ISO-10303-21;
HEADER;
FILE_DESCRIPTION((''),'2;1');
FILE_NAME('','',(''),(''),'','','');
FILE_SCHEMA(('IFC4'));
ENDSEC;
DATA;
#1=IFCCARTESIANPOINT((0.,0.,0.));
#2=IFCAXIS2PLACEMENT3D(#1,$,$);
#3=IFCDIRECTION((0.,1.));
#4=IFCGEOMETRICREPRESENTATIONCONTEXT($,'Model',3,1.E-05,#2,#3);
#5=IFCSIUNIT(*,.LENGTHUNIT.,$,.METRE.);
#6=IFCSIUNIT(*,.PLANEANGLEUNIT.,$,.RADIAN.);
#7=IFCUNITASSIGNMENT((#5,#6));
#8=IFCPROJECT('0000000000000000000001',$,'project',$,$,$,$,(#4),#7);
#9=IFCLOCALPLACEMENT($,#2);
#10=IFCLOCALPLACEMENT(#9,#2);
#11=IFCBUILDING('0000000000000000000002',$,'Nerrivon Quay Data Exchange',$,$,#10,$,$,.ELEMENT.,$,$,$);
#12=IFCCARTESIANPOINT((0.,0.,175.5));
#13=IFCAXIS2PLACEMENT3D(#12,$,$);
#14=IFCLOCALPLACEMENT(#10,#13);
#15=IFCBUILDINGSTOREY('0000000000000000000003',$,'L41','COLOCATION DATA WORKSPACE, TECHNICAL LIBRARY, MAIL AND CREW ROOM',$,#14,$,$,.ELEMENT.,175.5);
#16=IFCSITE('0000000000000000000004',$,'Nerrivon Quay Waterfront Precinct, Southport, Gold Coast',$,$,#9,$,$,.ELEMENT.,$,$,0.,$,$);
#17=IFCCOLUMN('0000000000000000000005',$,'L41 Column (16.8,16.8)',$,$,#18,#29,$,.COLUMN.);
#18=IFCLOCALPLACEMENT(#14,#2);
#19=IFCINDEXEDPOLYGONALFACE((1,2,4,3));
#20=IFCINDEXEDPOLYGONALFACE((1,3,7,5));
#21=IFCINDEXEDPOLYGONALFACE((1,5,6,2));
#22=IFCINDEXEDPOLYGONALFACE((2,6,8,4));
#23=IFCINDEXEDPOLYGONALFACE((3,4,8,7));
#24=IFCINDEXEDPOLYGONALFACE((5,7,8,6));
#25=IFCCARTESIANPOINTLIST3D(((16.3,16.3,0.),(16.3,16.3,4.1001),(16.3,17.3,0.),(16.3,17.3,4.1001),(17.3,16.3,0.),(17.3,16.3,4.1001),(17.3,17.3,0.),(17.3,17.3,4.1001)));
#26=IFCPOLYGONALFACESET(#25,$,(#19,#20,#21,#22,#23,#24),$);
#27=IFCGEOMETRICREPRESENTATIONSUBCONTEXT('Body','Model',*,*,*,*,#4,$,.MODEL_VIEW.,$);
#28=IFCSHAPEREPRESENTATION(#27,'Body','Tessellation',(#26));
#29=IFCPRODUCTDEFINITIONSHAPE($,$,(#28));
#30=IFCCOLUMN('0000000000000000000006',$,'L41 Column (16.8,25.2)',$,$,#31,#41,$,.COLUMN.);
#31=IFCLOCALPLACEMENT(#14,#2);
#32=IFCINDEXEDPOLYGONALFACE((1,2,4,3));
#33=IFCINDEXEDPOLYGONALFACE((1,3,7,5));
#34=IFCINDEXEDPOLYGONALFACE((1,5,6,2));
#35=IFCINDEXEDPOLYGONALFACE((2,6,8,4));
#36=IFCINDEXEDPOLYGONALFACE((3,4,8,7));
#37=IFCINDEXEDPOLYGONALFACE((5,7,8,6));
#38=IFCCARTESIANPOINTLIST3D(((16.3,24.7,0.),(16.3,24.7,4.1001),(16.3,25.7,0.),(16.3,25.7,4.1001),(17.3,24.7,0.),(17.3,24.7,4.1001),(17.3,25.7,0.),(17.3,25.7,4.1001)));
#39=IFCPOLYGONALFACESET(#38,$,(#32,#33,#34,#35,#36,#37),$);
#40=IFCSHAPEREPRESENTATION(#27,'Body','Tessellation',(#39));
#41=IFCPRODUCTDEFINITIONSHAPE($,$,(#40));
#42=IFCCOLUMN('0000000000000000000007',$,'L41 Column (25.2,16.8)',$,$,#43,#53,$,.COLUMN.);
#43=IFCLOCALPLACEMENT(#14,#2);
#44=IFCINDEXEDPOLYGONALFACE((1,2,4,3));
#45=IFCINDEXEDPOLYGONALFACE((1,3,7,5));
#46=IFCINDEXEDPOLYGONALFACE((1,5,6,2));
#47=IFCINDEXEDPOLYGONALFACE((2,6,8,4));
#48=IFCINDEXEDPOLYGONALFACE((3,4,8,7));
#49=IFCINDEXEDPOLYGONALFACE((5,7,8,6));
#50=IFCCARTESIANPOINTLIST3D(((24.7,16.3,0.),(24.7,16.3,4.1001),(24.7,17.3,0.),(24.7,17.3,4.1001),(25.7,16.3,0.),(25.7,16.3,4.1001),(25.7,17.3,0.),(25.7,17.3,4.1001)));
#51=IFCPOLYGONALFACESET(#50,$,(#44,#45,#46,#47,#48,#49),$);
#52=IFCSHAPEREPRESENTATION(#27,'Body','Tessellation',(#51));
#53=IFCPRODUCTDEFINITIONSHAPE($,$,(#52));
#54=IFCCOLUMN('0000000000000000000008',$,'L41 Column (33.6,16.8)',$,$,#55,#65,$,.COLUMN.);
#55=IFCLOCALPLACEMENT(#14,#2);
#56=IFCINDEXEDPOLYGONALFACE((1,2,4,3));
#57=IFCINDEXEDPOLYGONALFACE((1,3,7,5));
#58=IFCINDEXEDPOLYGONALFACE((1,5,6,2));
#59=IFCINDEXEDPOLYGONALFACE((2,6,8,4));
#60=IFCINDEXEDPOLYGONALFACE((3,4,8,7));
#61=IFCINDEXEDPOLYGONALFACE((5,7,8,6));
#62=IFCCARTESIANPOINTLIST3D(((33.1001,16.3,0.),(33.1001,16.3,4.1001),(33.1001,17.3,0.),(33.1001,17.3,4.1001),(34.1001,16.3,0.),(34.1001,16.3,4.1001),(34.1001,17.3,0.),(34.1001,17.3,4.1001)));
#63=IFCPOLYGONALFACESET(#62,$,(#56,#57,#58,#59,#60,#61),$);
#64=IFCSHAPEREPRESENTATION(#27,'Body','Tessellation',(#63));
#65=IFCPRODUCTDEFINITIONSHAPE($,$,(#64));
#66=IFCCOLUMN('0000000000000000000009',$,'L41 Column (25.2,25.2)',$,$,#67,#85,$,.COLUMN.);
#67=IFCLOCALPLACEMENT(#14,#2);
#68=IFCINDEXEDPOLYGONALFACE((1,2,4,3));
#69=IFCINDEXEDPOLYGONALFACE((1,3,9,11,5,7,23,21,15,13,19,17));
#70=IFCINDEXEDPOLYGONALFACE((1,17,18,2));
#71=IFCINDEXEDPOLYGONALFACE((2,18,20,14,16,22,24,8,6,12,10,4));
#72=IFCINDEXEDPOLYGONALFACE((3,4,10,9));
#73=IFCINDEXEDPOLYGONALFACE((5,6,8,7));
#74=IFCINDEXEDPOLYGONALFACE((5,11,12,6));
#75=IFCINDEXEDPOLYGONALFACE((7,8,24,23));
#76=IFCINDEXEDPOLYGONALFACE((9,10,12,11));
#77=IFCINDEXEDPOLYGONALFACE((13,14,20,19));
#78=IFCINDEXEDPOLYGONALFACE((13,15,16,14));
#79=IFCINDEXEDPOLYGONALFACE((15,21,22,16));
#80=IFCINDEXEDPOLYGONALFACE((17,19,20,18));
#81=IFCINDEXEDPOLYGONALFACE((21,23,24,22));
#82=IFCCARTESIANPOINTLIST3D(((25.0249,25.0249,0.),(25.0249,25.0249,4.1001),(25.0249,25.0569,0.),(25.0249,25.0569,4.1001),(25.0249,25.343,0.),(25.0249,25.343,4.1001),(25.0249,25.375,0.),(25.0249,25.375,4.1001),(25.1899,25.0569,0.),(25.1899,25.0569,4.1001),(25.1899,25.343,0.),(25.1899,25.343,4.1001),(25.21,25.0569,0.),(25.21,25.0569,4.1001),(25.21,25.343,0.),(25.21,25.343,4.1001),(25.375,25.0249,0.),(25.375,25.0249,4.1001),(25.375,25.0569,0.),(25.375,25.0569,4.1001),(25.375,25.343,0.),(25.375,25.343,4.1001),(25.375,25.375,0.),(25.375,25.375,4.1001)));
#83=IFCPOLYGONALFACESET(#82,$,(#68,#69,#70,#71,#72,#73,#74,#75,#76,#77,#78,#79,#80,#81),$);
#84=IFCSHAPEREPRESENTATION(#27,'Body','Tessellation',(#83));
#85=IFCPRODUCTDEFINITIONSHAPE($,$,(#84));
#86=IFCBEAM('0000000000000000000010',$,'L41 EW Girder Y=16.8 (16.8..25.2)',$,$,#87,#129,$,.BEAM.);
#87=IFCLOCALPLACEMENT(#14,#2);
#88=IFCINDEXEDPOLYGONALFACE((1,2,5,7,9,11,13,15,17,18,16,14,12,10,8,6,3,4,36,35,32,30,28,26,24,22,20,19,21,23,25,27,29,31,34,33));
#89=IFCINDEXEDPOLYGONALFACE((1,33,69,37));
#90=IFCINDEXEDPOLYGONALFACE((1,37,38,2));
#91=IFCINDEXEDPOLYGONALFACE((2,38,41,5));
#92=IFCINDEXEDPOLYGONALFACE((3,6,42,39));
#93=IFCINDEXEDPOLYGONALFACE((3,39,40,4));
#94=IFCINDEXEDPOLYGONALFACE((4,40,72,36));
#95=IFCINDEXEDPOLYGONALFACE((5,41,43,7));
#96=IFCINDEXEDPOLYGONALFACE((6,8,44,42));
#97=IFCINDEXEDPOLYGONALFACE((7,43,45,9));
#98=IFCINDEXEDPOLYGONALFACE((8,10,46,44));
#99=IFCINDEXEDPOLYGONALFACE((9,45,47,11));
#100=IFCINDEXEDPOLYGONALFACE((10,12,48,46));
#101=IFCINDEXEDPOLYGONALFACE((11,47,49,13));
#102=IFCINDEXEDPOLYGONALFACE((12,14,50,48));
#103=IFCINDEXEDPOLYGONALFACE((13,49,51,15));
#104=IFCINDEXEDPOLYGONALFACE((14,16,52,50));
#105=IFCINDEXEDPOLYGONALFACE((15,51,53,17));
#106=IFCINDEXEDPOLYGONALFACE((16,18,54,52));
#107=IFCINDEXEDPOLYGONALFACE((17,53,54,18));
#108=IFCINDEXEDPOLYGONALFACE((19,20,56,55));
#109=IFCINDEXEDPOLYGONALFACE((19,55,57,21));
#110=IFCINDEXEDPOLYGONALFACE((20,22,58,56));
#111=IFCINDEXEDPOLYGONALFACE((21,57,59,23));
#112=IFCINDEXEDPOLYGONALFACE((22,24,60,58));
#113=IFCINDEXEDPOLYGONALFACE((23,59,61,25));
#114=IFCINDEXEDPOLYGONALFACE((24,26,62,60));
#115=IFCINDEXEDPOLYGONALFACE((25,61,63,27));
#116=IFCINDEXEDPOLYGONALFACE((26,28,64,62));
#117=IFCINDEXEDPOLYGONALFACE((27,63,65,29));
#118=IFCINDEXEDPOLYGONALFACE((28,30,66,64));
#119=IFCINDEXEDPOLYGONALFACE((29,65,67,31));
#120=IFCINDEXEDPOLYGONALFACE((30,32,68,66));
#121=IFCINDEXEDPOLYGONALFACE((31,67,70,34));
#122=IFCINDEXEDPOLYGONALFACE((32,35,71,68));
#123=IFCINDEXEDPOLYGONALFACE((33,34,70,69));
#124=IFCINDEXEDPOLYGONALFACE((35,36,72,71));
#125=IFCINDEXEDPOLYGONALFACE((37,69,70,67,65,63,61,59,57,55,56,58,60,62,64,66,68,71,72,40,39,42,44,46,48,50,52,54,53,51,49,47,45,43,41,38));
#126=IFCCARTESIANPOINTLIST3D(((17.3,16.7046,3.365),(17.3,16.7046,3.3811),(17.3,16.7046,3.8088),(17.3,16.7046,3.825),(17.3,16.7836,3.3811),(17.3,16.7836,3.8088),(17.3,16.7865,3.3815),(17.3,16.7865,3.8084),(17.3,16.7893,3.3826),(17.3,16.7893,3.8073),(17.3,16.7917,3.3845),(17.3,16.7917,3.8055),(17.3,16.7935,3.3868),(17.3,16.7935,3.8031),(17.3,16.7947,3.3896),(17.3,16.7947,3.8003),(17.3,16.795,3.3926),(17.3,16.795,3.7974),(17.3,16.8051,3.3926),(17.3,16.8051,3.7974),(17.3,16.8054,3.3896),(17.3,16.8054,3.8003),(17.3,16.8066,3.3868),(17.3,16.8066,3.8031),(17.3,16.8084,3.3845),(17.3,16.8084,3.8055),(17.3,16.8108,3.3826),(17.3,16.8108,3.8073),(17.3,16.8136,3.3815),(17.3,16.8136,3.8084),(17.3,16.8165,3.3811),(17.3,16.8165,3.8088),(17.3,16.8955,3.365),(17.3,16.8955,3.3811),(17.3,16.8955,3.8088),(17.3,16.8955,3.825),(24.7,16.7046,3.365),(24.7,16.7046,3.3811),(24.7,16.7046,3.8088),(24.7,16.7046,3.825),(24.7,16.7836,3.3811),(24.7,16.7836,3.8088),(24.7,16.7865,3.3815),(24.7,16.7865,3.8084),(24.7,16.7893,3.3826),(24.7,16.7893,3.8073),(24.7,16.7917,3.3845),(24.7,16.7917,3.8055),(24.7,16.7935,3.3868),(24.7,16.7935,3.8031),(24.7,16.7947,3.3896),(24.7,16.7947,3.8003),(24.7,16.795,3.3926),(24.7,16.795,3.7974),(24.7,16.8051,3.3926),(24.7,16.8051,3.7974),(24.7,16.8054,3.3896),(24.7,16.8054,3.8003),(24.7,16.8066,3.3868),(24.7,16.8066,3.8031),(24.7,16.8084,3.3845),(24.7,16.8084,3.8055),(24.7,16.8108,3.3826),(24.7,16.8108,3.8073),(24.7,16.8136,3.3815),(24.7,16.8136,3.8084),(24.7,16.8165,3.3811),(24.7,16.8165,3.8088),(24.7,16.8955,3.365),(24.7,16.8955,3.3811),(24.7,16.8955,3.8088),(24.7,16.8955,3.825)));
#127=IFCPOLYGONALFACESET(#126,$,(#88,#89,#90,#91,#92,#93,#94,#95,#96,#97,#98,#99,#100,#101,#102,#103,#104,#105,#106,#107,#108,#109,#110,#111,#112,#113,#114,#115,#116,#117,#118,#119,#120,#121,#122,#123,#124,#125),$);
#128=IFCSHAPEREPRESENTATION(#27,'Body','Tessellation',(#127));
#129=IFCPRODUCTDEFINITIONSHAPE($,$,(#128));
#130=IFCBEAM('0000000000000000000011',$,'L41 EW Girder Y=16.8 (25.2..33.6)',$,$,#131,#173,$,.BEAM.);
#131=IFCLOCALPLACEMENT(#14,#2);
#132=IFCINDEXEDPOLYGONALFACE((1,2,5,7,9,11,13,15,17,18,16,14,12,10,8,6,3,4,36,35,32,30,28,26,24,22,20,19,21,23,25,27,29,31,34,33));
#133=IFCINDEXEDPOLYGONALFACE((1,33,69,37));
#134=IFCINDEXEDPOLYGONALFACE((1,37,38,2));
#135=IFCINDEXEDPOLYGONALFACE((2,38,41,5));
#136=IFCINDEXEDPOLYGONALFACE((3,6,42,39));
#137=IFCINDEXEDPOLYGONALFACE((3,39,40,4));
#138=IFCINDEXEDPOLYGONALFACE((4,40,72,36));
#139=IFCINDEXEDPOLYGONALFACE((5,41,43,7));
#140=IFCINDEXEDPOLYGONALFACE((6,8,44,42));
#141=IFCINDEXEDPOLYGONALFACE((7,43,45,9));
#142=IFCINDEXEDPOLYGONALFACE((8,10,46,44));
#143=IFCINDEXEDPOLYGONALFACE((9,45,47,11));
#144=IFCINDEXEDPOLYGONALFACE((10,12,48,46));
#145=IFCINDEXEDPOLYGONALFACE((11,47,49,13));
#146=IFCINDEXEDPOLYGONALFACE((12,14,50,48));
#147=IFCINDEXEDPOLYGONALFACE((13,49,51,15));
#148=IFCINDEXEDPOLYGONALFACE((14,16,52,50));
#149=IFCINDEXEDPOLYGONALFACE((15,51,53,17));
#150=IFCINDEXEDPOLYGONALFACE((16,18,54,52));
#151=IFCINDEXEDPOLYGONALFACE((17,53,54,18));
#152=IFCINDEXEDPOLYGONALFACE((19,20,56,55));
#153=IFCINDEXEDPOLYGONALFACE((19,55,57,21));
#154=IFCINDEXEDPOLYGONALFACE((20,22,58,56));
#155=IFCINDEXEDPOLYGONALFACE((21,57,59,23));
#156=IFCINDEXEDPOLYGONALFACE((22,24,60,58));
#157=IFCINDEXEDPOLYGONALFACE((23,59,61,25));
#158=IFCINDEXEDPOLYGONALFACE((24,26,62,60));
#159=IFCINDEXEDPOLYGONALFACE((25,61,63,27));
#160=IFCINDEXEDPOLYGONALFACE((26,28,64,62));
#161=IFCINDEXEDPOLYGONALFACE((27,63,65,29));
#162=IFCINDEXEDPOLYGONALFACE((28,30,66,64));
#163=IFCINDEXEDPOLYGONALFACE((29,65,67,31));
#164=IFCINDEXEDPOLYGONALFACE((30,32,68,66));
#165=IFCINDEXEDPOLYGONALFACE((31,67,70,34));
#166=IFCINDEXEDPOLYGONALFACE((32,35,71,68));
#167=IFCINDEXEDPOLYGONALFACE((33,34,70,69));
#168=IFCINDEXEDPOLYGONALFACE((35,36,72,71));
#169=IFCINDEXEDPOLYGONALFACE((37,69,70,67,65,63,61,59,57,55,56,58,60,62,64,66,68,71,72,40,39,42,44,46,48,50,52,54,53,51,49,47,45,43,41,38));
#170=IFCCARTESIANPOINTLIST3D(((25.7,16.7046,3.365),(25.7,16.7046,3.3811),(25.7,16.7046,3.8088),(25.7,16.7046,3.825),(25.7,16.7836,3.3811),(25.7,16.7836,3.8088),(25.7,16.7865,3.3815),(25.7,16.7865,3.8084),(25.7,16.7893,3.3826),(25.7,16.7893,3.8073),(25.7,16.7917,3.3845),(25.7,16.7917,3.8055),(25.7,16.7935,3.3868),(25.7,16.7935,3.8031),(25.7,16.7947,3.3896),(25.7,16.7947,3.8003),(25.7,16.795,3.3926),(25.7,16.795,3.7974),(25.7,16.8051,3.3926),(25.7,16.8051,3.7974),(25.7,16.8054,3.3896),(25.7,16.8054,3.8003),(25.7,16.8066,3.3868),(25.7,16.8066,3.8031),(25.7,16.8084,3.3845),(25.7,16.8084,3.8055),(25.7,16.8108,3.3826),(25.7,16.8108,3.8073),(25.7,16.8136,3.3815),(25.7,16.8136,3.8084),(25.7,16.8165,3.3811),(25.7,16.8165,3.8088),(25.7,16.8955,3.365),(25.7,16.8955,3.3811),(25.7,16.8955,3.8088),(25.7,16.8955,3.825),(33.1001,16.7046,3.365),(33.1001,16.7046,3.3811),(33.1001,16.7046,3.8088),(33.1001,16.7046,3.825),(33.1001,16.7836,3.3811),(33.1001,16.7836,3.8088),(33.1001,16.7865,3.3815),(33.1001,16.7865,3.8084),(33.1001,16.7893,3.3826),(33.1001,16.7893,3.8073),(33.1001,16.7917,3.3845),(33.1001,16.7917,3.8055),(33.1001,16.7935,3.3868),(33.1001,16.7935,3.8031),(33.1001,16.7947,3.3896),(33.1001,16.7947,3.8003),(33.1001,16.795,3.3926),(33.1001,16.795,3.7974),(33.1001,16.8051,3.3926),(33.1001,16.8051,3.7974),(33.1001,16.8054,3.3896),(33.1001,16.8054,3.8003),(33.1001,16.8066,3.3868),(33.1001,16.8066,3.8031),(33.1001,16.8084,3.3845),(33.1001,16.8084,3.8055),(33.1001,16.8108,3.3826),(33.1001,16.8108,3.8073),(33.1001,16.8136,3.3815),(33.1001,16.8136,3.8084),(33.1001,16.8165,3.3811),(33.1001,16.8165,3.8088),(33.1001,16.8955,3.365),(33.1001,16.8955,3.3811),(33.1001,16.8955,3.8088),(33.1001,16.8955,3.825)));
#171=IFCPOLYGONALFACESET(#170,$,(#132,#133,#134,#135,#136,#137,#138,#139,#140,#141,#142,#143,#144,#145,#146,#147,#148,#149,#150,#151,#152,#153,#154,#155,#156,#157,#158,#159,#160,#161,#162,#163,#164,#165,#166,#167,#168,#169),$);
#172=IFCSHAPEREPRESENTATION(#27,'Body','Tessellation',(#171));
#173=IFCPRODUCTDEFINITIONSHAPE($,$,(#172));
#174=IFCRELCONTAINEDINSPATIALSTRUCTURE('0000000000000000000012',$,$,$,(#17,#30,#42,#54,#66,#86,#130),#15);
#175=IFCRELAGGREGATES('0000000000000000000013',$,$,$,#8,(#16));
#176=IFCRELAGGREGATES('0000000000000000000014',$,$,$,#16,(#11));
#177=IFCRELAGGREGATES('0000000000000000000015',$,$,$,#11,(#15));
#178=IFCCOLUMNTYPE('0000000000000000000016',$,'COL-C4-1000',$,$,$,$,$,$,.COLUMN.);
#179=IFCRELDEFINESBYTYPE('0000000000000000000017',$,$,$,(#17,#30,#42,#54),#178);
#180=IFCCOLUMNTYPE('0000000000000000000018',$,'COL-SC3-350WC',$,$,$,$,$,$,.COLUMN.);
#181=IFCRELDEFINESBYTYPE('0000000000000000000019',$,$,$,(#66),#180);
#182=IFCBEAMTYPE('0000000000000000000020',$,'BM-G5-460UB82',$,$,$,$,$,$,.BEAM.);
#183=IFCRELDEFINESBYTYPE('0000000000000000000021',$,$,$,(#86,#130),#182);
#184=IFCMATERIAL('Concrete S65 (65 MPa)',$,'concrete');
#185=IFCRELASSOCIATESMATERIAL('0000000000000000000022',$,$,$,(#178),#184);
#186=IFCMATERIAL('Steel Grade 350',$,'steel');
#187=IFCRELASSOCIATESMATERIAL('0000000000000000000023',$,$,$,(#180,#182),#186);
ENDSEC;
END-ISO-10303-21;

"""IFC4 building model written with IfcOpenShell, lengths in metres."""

from ifc_helpers import new_model, si_unit, direction, frame, origin, origin_2d, place, context, subcontext, project, spatial, rectangle, i_section, extrude, material, material_profile, profile_set, type_object, element, save


model = new_model("IFC4")

# Units and contexts
model_context = context("Model", 3, precision=1e-05, world=origin(), true_north=direction((0.0, 1.0)))
body_context = subcontext(model_context, "Body", "Model", "MODEL_VIEW")
ifc_project = project(units=[si_unit("LENGTHUNIT", "METRE"), si_unit("PLANEANGLEUNIT", "RADIAN")], contexts=[model_context])

# Site, building, storey
site_placement = place(None, origin())
site = spatial("IfcSite", under=ifc_project, at=site_placement, Name="Nerrivon Quay Waterfront Precinct, Southport, Gold Coast", CompositionType="ELEMENT", RefElevation=0.0)
building_placement = place(site_placement, origin())
building = spatial("IfcBuilding", under=site, at=building_placement, Name="Nerrivon Quay Data Exchange", CompositionType="ELEMENT")
storey_placement = place(building_placement, frame((0.0, 0.0, 175.5)))
storey = spatial("IfcBuildingStorey", under=building, at=storey_placement, Name="L41", Description="COLOCATION DATA WORKSPACE, TECHNICAL LIBRARY, MAIL AND CREW ROOM", CompositionType="ELEMENT", Elevation=175.5)

# Columns
ifc_material_1 = material(Name="Concrete S65 (65 MPa)", Category="concrete")
ifc_material_profile_1 = material_profile(ifc_material_1, rectangle(XDim=1.0, YDim=1.0, at=origin_2d()), Name="RC-COL-1000x1000")
ifc_profile_set_1 = profile_set([ifc_material_profile_1], Name="Concrete S65 (65 MPa)")
column_type_1 = type_object("IfcColumnType", Name="COL-C4-1000", PredefinedType="COLUMN", material=ifc_profile_set_1)
for number, where, z_axis, x_axis, name in (
    (1, (16.8, 16.8, 0.0), (0.0, 0.0, 1.0), (1.0, 0.0, 0.0), "L41 Column (16.8,16.8)"),
    (2, (16.8, 25.2, 0.0), (0.0, 0.0, 1.0), (1.0, 0.0, 0.0), "L41 Column (16.8,25.2)"),
    (3, (25.2, 16.8, 0.0), (0.0, 0.0, 1.0), (1.0, 0.0, 0.0), "L41 Column (25.2,16.8)"),
    (4, (33.6001, 16.8, 0.0), (0.0, 0.0, 1.0), (1.0, 0.0, 0.0), "L41 Column (33.6,16.8)"),
):
    element("IfcColumn", number, at=place(storey_placement, frame(where, z_axis=z_axis, x_axis=x_axis)), inside=storey, type_object=column_type_1, Name=name, PredefinedType="COLUMN", context=body_context, shape_type="SweptSolid", body=[
        extrude(rectangle(XDim=1.0, YDim=1.0, at=origin_2d()), origin(), (0.0, 0.0, 1.0), 4.1001),
    ])
ifc_material_2 = material(Name="Steel Grade 350", Category="steel")
ifc_material_profile_2 = material_profile(ifc_material_2, i_section(OverallWidth=0.3501, OverallDepth=0.3501, WebThickness=0.02, FlangeThickness=0.032, at=origin_2d()), Name="350WC230")
ifc_profile_set_2 = profile_set([ifc_material_profile_2], Name="Steel Grade 350")
column_type_2 = type_object("IfcColumnType", Name="COL-SC3-350WC", PredefinedType="COLUMN", material=ifc_profile_set_2)
column_placement = place(storey_placement, frame((25.2, 25.2, 0.0), z_axis=(0.0, 0.0, 1.0), x_axis=(1.0, 0.0, 0.0)))
element("IfcColumn", 5, at=column_placement, inside=storey, type_object=column_type_2, Name="L41 Column (25.2,25.2)", PredefinedType="COLUMN", context=body_context, shape_type="SweptSolid", body=[
    extrude(i_section(OverallWidth=0.3501, OverallDepth=0.3501, WebThickness=0.02, FlangeThickness=0.032, at=origin_2d()), origin(), (0.0, 0.0, 1.0), 4.1001),
])

# Beams
ifc_material_profile_3 = material_profile(ifc_material_2, i_section(OverallWidth=0.1909, OverallDepth=0.46, WebThickness=0.01, FlangeThickness=0.0161, FilletRadius=0.0115, at=origin_2d()), Name="460UB82.1")
ifc_profile_set_3 = profile_set([ifc_material_profile_3], Name="Steel Grade 350")
beam_type_1 = type_object("IfcBeamType", Name="BM-G5-460UB82", PredefinedType="BEAM", material=ifc_profile_set_3)
beam_1_placement = place(storey_placement, frame((17.3, 16.8, 3.595), z_axis=(1.0, 0.0, 0.0), x_axis=(0.0, 1.0, 0.0)))
element("IfcBeam", 6, at=beam_1_placement, inside=storey, type_object=beam_type_1, Name="L41 EW Girder Y=16.8 (16.8..25.2)", PredefinedType="BEAM", context=body_context, shape_type="SweptSolid", body=[
    extrude(i_section(OverallWidth=0.1909, OverallDepth=0.46, WebThickness=0.01, FlangeThickness=0.0161, FilletRadius=0.0115, at=origin_2d()), origin(), (0.0, 0.0, 1.0), 7.3999),
])
beam_2_placement = place(storey_placement, frame((25.7, 16.8, 3.595), z_axis=(1.0, 0.0, 0.0), x_axis=(0.0, 1.0, 0.0)))
element("IfcBeam", 7, at=beam_2_placement, inside=storey, type_object=beam_type_1, Name="L41 EW Girder Y=16.8 (25.2..33.6)", PredefinedType="BEAM", context=body_context, shape_type="SweptSolid", body=[
    extrude(i_section(OverallWidth=0.1909, OverallDepth=0.46, WebThickness=0.01, FlangeThickness=0.0161, FilletRadius=0.0115, at=origin_2d()), origin(), (0.0, 0.0, 1.0), 7.4001),
])

save(model, "model.ifc")
